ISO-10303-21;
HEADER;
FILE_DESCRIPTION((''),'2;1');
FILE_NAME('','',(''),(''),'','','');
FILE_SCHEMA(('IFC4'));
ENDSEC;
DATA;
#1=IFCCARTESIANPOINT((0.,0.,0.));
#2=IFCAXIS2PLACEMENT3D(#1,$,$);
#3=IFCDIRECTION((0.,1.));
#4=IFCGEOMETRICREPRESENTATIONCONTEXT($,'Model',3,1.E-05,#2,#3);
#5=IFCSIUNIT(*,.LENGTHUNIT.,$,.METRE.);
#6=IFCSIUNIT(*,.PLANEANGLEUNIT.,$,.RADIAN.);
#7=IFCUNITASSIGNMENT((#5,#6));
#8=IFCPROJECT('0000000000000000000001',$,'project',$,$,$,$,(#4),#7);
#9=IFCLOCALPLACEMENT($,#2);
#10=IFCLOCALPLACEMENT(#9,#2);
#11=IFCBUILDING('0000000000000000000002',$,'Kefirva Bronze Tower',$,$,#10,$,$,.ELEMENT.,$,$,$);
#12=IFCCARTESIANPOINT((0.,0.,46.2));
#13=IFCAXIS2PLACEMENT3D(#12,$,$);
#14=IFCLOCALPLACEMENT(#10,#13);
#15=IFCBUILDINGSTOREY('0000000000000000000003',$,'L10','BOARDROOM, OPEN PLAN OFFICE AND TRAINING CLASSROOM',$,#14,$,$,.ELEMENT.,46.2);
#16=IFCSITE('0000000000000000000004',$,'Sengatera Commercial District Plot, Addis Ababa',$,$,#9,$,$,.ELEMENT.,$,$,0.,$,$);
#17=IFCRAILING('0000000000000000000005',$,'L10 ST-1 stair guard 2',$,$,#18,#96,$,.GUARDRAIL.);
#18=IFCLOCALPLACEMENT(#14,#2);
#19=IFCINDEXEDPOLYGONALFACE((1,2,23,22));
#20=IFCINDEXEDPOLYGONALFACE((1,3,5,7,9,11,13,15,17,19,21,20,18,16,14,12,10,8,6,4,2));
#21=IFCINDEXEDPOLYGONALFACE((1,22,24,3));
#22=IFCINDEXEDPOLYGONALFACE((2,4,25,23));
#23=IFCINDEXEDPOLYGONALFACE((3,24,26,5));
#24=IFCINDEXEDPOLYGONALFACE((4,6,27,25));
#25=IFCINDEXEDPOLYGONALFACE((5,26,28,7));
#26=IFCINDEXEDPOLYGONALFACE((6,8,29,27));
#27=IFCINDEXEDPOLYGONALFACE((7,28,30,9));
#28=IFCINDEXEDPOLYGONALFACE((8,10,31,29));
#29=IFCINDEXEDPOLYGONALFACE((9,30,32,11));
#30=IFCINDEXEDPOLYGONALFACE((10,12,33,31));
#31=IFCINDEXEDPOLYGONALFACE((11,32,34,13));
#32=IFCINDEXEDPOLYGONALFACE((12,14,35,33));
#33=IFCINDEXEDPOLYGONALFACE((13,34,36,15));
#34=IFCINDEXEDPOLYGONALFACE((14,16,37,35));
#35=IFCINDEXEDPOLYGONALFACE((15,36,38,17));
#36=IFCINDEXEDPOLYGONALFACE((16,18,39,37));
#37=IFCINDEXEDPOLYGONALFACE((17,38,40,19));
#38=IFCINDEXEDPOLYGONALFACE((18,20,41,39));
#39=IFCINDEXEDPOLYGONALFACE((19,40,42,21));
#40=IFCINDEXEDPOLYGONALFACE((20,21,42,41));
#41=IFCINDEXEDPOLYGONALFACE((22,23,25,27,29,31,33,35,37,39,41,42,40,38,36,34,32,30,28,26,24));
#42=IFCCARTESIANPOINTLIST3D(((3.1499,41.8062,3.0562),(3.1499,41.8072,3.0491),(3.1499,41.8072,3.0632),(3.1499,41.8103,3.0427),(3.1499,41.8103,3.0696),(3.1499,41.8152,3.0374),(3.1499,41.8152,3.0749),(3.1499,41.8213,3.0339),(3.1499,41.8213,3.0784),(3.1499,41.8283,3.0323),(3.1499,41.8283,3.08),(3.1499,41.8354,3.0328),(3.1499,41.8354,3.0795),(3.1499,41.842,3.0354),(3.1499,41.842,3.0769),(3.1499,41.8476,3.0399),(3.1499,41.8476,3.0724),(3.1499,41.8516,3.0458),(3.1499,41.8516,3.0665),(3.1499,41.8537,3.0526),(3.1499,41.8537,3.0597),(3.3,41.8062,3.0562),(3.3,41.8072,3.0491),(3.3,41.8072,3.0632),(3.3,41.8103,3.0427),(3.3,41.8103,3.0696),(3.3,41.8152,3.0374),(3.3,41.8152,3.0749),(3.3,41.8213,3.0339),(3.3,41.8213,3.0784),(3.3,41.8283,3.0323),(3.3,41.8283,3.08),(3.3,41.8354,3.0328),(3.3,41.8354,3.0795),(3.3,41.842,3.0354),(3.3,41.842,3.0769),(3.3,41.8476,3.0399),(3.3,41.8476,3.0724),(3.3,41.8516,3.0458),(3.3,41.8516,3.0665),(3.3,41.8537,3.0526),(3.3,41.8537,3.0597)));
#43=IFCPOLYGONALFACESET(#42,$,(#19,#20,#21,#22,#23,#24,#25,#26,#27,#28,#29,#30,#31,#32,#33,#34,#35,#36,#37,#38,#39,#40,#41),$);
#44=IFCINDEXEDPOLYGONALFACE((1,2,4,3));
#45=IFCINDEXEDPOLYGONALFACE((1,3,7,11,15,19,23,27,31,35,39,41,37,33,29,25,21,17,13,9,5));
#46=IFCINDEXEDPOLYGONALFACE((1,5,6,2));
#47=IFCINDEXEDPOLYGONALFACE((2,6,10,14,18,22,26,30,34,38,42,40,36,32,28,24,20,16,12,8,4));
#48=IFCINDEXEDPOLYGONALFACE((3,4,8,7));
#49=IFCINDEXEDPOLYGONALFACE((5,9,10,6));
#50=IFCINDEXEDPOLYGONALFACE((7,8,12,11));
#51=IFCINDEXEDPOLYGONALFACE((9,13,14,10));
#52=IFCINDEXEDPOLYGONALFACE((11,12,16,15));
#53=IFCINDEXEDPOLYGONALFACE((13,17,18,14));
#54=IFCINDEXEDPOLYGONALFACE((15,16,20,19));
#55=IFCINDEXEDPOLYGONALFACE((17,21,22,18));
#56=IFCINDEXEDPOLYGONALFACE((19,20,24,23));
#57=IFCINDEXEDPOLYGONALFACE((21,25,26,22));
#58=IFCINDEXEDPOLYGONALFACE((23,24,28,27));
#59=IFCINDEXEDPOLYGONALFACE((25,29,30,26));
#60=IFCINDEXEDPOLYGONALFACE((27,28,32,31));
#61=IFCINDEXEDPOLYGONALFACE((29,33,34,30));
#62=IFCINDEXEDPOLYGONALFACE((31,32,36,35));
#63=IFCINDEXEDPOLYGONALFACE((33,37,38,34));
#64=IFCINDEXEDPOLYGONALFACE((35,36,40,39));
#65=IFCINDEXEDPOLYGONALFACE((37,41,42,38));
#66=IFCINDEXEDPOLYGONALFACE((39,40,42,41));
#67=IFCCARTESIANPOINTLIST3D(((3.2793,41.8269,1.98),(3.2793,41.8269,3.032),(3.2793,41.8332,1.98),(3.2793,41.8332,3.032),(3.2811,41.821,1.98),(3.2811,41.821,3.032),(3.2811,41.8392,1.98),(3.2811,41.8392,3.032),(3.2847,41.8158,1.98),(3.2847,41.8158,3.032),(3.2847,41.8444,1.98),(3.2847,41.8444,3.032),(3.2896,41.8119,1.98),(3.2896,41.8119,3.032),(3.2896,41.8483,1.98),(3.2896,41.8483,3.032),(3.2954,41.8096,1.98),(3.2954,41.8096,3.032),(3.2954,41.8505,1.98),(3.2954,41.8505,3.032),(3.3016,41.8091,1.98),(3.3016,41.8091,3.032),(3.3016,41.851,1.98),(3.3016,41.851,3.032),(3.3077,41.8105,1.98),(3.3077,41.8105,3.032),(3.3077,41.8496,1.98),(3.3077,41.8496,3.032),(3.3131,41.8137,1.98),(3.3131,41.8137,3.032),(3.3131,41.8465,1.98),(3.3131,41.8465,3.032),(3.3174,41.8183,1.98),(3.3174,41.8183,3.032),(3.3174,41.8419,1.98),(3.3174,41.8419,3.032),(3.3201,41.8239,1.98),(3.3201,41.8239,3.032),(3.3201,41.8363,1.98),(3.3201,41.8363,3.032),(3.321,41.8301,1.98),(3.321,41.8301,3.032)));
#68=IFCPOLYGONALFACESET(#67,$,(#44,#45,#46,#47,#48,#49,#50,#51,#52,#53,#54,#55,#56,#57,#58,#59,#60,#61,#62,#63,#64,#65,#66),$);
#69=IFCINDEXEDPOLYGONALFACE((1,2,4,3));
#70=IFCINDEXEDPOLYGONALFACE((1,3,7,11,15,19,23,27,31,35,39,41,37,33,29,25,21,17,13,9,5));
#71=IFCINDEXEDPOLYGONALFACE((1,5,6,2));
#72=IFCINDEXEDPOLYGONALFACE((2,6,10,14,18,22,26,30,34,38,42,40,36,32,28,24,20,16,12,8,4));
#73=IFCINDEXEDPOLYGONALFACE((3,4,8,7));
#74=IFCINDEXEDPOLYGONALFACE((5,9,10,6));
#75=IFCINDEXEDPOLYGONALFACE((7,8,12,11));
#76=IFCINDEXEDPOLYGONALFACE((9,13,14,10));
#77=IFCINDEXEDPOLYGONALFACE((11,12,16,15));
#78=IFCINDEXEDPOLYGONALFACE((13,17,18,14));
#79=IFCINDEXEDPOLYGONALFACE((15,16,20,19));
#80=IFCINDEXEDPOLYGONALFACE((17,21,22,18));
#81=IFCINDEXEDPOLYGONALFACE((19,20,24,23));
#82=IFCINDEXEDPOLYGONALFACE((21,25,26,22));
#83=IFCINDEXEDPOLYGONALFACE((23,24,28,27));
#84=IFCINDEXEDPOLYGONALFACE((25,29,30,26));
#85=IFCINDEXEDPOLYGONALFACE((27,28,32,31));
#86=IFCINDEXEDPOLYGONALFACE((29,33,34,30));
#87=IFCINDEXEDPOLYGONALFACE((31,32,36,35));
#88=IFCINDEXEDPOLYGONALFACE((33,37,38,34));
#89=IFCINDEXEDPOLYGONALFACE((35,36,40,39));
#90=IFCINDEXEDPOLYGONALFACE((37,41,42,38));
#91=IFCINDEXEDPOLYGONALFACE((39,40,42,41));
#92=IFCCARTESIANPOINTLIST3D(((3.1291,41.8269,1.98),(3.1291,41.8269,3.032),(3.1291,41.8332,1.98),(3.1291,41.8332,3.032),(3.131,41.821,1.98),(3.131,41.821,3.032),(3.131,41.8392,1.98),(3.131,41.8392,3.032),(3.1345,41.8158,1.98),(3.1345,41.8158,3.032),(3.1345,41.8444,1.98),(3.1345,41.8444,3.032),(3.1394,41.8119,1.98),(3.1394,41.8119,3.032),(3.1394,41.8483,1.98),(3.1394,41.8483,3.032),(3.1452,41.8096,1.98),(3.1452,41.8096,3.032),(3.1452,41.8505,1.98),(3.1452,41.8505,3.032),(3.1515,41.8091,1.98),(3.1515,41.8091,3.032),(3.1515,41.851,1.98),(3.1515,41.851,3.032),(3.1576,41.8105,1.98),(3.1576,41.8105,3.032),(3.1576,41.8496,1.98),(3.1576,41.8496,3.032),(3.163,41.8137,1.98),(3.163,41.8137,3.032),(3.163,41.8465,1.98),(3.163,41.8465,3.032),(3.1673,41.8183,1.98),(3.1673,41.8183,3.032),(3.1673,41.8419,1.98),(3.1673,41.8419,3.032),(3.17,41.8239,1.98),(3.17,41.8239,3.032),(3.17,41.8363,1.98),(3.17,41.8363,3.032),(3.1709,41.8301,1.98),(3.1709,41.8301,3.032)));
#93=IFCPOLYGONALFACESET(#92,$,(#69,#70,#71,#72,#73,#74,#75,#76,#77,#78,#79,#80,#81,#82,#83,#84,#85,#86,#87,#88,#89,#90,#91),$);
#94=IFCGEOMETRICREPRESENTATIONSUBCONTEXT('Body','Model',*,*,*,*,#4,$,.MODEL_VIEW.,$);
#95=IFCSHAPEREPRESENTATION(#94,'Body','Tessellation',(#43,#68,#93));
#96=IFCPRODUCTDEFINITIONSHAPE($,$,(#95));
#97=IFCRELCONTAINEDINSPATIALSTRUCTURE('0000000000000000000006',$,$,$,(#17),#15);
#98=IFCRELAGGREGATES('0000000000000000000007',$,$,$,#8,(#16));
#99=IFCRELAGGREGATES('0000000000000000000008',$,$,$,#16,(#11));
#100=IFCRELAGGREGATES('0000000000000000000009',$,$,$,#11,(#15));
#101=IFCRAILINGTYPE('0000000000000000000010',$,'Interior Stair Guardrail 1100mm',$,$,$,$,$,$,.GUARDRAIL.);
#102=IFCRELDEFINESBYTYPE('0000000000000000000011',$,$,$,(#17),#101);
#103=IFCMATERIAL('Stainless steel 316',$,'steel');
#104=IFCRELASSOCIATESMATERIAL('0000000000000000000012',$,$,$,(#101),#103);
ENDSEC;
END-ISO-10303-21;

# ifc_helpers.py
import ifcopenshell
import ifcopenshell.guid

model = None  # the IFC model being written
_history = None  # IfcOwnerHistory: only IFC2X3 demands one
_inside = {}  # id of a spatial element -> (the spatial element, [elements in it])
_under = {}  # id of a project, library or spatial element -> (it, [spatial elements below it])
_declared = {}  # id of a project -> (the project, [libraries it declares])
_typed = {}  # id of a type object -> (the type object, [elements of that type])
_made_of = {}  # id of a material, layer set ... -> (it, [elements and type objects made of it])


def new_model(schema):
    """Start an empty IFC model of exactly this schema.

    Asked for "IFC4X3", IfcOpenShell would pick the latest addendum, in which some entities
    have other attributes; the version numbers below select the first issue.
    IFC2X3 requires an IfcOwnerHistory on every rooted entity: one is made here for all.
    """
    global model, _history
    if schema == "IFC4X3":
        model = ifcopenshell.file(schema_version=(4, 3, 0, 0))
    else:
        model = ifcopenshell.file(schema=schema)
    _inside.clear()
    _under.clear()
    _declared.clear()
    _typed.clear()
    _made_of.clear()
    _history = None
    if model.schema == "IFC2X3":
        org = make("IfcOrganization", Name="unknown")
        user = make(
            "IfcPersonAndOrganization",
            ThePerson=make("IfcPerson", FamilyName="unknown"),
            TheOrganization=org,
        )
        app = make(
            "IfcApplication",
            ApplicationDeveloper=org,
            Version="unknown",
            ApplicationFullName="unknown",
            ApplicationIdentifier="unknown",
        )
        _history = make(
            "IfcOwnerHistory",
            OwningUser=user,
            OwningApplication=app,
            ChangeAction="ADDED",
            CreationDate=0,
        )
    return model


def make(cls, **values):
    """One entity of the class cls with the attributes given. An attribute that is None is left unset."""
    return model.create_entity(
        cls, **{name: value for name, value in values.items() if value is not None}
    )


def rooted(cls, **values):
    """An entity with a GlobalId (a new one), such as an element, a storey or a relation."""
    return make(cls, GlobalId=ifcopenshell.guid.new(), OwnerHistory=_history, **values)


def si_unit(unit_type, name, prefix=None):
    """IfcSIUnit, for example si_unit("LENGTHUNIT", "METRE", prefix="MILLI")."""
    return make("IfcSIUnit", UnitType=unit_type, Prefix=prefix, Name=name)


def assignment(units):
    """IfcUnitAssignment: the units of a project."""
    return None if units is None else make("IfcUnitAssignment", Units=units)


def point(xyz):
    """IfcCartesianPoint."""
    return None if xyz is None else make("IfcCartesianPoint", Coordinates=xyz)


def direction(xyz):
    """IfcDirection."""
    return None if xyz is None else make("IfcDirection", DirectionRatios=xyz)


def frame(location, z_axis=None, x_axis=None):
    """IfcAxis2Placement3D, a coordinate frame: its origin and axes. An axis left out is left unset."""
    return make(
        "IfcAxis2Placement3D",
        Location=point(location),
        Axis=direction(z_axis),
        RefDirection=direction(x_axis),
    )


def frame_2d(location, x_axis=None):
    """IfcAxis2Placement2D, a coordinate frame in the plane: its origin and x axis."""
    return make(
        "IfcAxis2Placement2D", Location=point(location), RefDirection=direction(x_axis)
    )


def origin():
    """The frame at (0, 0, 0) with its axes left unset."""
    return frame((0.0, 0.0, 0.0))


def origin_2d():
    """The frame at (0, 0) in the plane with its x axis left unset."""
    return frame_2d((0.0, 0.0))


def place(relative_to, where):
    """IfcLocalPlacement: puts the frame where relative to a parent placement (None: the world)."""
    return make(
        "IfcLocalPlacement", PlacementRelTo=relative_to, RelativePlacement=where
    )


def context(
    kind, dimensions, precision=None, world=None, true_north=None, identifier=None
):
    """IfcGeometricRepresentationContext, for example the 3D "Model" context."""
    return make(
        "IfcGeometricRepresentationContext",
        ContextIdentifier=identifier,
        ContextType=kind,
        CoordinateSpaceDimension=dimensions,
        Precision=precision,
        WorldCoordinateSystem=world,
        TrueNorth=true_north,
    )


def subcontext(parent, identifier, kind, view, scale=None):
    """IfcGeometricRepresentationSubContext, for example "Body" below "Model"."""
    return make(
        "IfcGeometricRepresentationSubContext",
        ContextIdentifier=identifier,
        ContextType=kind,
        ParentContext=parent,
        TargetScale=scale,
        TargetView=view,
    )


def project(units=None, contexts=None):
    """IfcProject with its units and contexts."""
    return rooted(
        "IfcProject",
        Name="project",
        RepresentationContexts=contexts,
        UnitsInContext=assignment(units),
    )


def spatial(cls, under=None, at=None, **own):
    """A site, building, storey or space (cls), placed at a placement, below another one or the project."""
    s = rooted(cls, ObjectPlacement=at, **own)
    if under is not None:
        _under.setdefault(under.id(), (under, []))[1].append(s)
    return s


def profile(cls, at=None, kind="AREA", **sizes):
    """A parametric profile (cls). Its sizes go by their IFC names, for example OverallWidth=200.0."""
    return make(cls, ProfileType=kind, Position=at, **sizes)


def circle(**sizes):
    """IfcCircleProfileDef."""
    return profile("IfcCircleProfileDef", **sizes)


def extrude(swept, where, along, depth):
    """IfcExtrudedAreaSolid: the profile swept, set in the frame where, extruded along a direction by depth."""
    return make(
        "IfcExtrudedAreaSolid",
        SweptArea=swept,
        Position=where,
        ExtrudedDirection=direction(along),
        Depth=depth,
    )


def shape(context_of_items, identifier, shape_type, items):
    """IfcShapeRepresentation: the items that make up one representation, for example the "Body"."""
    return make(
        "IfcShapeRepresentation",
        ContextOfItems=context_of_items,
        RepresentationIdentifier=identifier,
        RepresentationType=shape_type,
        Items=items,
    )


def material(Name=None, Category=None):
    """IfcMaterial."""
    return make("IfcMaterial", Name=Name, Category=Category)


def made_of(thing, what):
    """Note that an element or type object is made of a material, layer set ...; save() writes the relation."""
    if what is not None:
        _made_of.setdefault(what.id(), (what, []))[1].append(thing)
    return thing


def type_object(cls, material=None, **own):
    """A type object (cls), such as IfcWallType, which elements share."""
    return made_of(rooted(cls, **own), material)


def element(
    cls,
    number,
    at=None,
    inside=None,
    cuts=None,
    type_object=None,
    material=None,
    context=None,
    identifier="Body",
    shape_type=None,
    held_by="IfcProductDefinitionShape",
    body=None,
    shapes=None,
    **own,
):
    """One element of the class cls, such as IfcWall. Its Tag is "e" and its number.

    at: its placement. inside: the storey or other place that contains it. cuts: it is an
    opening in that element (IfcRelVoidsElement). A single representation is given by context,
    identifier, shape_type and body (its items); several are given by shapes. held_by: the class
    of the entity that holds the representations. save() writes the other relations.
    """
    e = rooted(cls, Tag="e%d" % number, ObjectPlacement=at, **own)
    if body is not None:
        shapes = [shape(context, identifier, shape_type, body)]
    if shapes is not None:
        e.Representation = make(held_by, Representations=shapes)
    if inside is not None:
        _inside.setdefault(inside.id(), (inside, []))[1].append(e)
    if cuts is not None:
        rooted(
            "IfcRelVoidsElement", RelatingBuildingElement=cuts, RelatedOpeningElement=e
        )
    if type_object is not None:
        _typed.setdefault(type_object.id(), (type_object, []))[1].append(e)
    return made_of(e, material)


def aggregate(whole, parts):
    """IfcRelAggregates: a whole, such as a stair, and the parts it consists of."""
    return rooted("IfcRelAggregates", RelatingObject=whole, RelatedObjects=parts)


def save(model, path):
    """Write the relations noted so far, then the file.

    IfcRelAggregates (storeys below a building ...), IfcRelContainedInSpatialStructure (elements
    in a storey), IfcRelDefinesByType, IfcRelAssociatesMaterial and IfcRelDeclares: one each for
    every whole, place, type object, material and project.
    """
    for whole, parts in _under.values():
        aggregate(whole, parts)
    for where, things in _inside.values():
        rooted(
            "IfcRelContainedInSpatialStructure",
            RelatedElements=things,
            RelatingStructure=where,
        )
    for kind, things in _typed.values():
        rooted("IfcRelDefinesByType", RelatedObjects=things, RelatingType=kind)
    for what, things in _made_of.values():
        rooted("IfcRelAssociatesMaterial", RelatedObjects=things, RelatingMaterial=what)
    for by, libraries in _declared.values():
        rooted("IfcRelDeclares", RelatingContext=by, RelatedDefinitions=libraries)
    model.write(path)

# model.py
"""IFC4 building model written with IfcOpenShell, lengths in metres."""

from ifc_helpers import new_model, si_unit, direction, frame, origin, origin_2d, place, context, subcontext, project, spatial, circle, extrude, material, type_object, element, save


model = new_model("IFC4")

# Units and contexts
model_context = context("Model", 3, precision=1e-05, world=origin(), true_north=direction((0.0, 1.0)))
body_context = subcontext(model_context, "Body", "Model", "MODEL_VIEW")
ifc_project = project(units=[si_unit("LENGTHUNIT", "METRE"), si_unit("PLANEANGLEUNIT", "RADIAN")], contexts=[model_context])

# Site, building, storey
site_placement = place(None, origin())
site = spatial("IfcSite", under=ifc_project, at=site_placement, Name="Sengatera Commercial District Plot, Addis Ababa", CompositionType="ELEMENT", RefElevation=0.0)
building_placement = place(site_placement, origin())
building = spatial("IfcBuilding", under=site, at=building_placement, Name="Kefirva Bronze Tower", CompositionType="ELEMENT")
storey_placement = place(building_placement, frame((0.0, 0.0, 46.2)))
storey = spatial("IfcBuildingStorey", under=building, at=storey_placement, Name="L10", Description="BOARDROOM, OPEN PLAN OFFICE AND TRAINING CLASSROOM", CompositionType="ELEMENT", Elevation=46.2)

# Railing
ifc_material_1 = material(Name="Stainless steel 316", Category="steel")
railing_type_1 = type_object("IfcRailingType", Name="Interior Stair Guardrail 1100mm", PredefinedType="GUARDRAIL", material=ifc_material_1)
railing_1_placement = place(storey_placement, frame((3.3, 41.8301, 1.98)))
element("IfcRailing", 1, at=railing_1_placement, inside=storey, type_object=railing_type_1, Name="L10 ST-1 stair guard 2", PredefinedType="GUARDRAIL", context=body_context, shape_type="SweptSolid", body=[
    extrude(circle(Radius=0.0239, at=origin_2d()), frame((0.0, 0.0, 1.0762), z_axis=(-1.0, 0.0, 0.0), x_axis=(0.0, -1.0, 0.0)), (0.0, 0.0, 1.0), 0.1501),
    extrude(circle(Radius=0.021, at=origin_2d()), origin(), (0.0, 0.0, 1.0), 1.052),
    extrude(circle(Radius=0.021, at=origin_2d()), frame((-0.1501, 0.0, 0.0)), (0.0, 0.0, 1.0), 1.052),
])

save(model, "model.ifc")
